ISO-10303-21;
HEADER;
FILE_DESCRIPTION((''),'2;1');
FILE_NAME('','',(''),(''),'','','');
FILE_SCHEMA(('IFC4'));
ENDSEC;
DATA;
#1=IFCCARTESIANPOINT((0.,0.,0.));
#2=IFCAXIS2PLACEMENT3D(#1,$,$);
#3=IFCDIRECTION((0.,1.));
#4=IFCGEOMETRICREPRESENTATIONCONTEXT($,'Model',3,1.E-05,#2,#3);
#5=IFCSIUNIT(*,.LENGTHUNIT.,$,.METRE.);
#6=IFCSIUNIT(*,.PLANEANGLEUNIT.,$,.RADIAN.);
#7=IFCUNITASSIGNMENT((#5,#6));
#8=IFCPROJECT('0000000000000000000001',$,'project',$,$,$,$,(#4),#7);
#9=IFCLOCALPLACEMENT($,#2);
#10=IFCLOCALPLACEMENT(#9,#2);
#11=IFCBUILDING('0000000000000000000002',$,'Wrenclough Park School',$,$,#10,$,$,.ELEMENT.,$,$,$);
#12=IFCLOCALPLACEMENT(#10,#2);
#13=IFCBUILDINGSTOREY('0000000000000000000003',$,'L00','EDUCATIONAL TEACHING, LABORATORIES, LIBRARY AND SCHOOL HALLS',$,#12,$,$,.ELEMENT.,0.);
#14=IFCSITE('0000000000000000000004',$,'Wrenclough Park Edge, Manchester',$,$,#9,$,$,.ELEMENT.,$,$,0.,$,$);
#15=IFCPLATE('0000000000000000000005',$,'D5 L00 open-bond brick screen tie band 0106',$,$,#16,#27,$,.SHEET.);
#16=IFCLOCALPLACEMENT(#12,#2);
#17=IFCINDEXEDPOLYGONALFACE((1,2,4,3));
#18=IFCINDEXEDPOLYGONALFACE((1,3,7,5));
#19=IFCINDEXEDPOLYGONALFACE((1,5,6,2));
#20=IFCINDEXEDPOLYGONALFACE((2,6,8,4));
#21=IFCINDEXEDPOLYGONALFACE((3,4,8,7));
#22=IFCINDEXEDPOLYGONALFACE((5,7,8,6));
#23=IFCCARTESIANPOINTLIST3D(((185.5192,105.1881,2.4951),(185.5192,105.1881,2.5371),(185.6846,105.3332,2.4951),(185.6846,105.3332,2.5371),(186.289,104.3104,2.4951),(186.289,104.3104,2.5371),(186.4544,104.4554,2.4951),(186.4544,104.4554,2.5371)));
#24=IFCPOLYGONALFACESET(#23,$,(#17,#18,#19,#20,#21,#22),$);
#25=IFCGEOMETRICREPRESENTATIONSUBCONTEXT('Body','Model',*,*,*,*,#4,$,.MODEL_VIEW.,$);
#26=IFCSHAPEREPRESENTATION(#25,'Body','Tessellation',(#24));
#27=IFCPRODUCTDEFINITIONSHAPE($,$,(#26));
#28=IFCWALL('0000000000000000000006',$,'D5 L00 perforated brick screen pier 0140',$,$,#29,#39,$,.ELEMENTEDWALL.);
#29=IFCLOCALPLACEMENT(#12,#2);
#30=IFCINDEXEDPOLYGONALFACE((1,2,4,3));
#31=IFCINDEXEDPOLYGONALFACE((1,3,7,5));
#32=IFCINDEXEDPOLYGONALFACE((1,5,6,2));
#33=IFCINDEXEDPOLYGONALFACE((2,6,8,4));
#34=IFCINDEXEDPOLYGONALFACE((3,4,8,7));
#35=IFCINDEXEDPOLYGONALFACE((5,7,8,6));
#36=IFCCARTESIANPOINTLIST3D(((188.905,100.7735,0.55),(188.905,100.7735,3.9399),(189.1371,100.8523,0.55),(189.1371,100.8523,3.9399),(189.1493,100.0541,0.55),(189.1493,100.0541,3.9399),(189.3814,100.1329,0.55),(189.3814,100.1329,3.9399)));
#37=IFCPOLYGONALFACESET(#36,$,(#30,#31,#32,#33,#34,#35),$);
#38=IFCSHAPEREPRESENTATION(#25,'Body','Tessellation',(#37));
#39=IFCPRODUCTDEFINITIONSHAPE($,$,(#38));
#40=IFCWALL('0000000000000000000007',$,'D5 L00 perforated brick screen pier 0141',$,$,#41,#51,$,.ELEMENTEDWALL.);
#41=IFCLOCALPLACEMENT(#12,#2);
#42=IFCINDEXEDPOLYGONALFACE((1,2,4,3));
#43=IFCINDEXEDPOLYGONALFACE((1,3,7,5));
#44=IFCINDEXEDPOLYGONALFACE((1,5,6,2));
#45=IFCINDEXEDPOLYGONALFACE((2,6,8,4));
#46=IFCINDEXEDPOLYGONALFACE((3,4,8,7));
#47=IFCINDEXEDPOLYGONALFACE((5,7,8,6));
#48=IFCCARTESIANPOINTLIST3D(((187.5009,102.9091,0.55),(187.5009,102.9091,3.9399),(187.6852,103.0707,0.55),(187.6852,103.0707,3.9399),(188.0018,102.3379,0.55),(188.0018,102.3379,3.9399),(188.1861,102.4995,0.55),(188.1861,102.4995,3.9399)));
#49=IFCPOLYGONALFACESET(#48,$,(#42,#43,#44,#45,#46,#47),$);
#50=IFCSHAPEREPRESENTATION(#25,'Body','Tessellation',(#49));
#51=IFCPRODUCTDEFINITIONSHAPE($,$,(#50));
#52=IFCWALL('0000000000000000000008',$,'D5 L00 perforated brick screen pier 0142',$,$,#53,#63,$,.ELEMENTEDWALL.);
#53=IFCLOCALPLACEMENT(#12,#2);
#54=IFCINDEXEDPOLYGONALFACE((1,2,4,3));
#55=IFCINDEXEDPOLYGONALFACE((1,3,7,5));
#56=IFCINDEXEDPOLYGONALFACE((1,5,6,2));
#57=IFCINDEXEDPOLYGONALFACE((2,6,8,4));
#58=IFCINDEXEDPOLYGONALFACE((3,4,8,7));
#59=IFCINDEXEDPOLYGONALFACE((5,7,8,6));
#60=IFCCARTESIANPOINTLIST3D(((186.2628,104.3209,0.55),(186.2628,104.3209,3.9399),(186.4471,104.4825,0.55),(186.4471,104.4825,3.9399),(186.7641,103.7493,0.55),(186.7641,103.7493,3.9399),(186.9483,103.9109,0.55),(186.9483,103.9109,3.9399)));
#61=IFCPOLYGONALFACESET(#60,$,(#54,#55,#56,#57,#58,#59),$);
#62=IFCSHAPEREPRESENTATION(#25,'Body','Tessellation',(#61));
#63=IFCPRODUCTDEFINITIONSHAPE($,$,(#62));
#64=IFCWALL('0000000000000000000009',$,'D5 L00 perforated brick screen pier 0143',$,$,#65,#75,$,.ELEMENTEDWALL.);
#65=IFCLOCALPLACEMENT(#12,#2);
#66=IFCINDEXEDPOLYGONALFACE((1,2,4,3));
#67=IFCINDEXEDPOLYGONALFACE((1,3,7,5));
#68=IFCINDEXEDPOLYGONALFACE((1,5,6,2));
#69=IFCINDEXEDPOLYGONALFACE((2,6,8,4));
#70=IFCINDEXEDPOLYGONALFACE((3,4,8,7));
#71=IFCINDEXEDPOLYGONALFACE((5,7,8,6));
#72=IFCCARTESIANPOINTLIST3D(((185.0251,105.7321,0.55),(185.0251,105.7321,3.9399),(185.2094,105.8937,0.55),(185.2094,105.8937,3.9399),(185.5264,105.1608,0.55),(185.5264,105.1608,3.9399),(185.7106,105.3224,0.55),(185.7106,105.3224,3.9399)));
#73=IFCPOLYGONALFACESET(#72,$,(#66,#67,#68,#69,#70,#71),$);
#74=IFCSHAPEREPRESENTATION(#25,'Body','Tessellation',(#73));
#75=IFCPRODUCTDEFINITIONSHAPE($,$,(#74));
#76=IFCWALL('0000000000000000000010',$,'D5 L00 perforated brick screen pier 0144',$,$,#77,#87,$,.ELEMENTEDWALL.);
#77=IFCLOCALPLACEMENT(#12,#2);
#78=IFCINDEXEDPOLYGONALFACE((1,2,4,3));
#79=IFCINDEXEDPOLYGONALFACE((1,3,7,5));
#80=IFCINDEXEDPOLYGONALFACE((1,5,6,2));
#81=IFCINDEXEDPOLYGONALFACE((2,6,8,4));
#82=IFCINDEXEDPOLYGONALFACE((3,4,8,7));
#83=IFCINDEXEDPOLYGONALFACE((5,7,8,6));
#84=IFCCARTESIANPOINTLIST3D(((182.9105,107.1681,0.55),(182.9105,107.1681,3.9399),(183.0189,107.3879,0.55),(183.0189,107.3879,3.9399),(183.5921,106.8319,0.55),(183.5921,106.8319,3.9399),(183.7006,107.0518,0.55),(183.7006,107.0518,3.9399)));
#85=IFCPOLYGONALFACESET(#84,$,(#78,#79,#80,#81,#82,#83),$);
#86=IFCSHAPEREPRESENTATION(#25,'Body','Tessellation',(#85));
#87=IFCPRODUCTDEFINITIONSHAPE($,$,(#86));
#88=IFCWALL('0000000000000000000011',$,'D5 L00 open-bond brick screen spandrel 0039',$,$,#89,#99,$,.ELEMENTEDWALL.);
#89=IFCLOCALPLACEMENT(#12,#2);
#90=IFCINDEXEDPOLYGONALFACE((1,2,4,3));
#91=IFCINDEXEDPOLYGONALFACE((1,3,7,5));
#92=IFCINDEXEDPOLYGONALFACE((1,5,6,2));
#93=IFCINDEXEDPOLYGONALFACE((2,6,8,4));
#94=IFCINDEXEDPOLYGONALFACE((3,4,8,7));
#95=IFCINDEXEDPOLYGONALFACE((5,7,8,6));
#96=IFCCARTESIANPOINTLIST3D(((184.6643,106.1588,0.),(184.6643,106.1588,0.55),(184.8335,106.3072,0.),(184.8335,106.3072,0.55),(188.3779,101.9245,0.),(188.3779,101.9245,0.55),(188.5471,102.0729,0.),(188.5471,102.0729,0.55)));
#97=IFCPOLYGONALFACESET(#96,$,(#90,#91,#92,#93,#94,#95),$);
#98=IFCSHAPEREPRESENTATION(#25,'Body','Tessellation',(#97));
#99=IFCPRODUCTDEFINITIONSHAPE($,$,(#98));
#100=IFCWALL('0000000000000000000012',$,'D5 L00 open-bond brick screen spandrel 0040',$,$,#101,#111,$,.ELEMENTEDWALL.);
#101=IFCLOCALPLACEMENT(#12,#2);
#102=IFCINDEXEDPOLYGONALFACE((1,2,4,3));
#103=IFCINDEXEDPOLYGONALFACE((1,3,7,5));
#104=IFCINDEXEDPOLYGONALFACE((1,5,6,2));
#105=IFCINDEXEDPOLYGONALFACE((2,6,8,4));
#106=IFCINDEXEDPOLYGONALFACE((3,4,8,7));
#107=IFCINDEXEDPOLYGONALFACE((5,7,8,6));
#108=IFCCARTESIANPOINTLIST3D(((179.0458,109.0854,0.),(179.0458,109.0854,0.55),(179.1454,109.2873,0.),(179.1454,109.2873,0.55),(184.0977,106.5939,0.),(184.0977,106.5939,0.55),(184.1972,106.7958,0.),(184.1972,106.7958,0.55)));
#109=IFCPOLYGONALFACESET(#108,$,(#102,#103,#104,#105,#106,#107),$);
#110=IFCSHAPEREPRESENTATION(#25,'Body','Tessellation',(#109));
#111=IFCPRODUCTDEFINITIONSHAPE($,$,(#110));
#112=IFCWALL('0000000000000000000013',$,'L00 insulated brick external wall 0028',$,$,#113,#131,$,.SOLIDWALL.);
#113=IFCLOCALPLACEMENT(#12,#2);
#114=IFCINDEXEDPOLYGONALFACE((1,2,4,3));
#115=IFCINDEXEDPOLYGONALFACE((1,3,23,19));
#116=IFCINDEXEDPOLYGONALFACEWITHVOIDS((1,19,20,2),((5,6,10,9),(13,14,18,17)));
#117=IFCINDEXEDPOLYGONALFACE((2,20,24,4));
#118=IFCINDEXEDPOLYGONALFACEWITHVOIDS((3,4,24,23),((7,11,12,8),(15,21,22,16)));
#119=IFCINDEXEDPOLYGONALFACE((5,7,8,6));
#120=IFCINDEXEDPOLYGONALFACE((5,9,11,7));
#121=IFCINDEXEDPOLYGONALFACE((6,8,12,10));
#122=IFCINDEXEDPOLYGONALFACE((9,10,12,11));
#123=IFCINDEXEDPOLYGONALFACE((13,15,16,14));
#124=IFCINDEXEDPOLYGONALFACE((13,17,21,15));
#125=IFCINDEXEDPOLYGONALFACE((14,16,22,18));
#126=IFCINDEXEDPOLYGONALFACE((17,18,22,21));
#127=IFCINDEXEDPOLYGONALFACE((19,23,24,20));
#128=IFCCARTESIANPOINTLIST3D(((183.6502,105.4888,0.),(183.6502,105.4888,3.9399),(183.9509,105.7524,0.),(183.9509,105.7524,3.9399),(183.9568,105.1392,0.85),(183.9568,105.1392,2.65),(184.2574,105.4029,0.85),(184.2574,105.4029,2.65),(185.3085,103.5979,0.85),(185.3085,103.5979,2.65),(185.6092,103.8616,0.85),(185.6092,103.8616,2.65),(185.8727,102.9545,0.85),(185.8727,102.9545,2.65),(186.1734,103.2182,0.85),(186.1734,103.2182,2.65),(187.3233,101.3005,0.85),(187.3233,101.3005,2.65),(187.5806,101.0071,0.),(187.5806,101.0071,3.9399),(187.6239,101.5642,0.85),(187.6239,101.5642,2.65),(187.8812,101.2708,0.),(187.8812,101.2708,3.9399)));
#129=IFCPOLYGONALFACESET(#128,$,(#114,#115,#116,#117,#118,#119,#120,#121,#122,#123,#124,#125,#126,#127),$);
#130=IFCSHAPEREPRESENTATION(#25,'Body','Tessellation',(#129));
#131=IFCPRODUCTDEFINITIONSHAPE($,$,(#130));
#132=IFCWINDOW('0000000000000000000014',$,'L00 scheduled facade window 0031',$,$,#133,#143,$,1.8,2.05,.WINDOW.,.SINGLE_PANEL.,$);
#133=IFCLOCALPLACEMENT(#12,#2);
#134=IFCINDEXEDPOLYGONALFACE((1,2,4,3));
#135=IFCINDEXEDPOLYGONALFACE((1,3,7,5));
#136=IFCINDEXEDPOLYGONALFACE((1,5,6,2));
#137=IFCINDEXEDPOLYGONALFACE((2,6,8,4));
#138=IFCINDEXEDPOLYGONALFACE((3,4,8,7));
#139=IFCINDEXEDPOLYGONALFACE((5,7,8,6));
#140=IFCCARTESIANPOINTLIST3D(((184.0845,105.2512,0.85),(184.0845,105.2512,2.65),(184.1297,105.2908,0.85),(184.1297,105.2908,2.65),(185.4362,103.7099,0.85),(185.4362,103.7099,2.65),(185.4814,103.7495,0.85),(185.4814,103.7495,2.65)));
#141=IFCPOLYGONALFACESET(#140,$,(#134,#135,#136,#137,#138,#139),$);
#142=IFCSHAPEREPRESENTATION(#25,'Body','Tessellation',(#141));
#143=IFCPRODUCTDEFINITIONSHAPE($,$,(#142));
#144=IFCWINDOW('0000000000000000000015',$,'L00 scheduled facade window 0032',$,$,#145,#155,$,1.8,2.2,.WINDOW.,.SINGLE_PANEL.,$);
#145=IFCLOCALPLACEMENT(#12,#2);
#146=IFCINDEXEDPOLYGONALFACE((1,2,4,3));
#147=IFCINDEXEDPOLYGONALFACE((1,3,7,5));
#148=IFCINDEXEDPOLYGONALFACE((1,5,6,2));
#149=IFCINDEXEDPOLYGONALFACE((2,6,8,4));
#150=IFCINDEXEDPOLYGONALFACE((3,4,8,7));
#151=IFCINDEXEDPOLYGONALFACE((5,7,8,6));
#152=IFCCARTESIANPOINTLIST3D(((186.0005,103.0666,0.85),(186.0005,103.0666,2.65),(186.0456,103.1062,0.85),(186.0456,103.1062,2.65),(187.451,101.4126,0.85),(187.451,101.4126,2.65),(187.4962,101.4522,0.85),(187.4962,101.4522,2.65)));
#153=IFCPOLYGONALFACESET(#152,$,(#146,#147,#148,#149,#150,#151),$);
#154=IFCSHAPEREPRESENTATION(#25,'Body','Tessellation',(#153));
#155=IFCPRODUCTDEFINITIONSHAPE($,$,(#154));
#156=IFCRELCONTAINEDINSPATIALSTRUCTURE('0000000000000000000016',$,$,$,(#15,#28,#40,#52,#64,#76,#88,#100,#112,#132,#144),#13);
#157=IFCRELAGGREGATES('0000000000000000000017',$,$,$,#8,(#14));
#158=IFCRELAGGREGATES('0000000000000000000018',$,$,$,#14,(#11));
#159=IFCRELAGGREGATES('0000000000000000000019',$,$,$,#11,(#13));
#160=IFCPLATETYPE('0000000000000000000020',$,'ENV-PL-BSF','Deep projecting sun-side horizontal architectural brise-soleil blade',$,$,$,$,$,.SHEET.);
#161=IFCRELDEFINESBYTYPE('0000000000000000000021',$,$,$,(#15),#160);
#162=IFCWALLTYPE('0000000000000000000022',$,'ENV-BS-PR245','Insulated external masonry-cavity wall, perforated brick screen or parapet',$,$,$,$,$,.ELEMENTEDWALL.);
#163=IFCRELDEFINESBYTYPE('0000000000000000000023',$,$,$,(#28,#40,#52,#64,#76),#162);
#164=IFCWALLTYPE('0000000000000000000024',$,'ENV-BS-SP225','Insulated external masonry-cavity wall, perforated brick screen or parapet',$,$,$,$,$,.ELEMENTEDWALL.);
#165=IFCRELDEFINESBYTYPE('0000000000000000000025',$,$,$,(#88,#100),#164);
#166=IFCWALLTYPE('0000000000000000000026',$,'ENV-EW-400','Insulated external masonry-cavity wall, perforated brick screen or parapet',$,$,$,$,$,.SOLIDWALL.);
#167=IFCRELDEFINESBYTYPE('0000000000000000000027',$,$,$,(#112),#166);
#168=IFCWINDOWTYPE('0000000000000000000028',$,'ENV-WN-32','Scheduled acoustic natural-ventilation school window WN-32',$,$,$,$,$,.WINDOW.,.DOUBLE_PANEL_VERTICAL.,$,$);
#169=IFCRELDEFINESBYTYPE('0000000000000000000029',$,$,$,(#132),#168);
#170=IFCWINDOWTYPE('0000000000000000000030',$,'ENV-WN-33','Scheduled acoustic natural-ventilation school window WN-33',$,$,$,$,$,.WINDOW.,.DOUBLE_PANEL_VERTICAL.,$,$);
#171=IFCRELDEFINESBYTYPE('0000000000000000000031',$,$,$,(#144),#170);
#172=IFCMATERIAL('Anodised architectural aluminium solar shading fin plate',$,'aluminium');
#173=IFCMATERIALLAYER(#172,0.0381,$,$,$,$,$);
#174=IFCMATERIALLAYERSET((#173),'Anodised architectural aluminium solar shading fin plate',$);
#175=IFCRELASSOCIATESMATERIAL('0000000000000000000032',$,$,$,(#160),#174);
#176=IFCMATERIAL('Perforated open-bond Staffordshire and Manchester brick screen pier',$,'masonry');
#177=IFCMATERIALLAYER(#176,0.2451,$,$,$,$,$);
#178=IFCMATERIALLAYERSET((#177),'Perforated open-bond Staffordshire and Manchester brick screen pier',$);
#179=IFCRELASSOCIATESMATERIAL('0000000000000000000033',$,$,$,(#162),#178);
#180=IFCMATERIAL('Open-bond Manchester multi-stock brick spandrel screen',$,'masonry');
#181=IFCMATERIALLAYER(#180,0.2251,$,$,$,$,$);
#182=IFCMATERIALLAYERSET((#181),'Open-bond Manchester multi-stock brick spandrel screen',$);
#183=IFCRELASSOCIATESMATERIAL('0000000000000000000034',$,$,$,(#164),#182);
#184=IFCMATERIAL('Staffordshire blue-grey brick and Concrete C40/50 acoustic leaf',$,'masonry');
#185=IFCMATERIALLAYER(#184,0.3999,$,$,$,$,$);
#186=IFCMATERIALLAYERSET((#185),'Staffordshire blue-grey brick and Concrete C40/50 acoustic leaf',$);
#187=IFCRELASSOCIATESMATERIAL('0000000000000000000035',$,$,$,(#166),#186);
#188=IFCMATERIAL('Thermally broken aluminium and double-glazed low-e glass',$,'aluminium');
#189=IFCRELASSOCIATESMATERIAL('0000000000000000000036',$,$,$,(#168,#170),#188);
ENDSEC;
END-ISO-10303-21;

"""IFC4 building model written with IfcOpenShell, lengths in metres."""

from ifc_helpers import new_model, si_unit, direction, frame, frame_2d, origin, origin_2d, place, context, subcontext, project, spatial, rectangle, extrude, material, layer, layer_set, type_object, element, fill, save


model = new_model("IFC4")

# Units and contexts
model_context = context("Model", 3, precision=1e-05, world=origin(), true_north=direction((0.0, 1.0)))
body_context = subcontext(model_context, "Body", "Model", "MODEL_VIEW")
ifc_project = project(units=[si_unit("LENGTHUNIT", "METRE"), si_unit("PLANEANGLEUNIT", "RADIAN")], contexts=[model_context])

# Site, building, storey
site_placement = place(None, origin())
site = spatial("IfcSite", under=ifc_project, at=site_placement, Name="Wrenclough Park Edge, Manchester", CompositionType="ELEMENT", RefElevation=0.0)
building_placement = place(site_placement, origin())
building = spatial("IfcBuilding", under=site, at=building_placement, Name="Wrenclough Park School", CompositionType="ELEMENT")
storey_placement = place(building_placement, origin())
storey = spatial("IfcBuildingStorey", under=building, at=storey_placement, Name="L00", Description="EDUCATIONAL TEACHING, LABORATORIES, LIBRARY AND SCHOOL HALLS", CompositionType="ELEMENT", Elevation=0.0)

# Plate
ifc_material_1 = material(Name="Anodised architectural aluminium solar shading fin plate", Category="aluminium")
ifc_layer_1 = layer(ifc_material_1, 0.0381)
ifc_layer_set_1 = layer_set([ifc_layer_1], Name="Anodised architectural aluminium solar shading fin plate")
plate_type_1 = type_object("IfcPlateType", Name="ENV-PL-BSF", Description="Deep projecting sun-side horizontal architectural brise-soleil blade", PredefinedType="SHEET", material=ifc_layer_set_1)
for number, where, z_axis, x_axis, name in (
    (1, (185.9868, 104.8218, 2.4951), (0.0, 0.0, 1.0), (-0.659349, 0.751837, 0.0), "D5 L00 open-bond brick screen tie band 0106"),
):
    element("IfcPlate", number, at=place(storey_placement, frame(where, z_axis=z_axis, x_axis=x_axis)), inside=storey, type_object=plate_type_1, Name=name, PredefinedType="SHEET", context=body_context, shape_type="SweptSolid", body=[
        extrude(rectangle(XDim=1.1675, YDim=0.22, at=origin_2d()), origin(), (0.0, 0.0, 1.0), 0.042),
    ])

# Walls
ifc_material_2 = material(Name="Perforated open-bond Staffordshire and Manchester brick screen pier", Category="masonry")
ifc_layer_2 = layer(ifc_material_2, 0.2451)
ifc_layer_set_2 = layer_set([ifc_layer_2], Name="Perforated open-bond Staffordshire and Manchester brick screen pier")
wall_type_1 = type_object("IfcWallType", Name="ENV-BS-PR245", Description="Insulated external masonry-cavity wall, perforated brick screen or parapet", PredefinedType="ELEMENTEDWALL", material=ifc_layer_set_2)
for number, where, z_axis, x_axis, name in (
    (2, (189.2654, 100.0935, 0.55), (0.0, 0.0, 1.0), (-0.32162, 0.946869, 0.0), "D5 L00 perforated brick screen pier 0140"),
    (3, (188.094, 102.4187, 0.55), (0.0, 0.0, 1.0), (-0.659323, 0.75186, 0.0), "D5 L00 perforated brick screen pier 0141"),
):
    element("IfcWall", number, at=place(storey_placement, frame(where, z_axis=z_axis, x_axis=x_axis)), inside=storey, type_object=wall_type_1, Name=name, PredefinedType="ELEMENTEDWALL", context=body_context, shape_type="SweptSolid", body=[
        extrude(rectangle(XDim=0.7598, YDim=0.2451, at=frame_2d((0.3799, 0.0))), origin(), (0.0, 0.0, 1.0), 3.3899),
    ])
wall_1_placement = place(storey_placement, frame((186.8562, 103.8301, 0.55), z_axis=(0.0, 0.0, 1.0), x_axis=(-0.659345, 0.75184, 0.0)))
element("IfcWall", 4, at=wall_1_placement, inside=storey, type_object=wall_type_1, Name="D5 L00 perforated brick screen pier 0142", PredefinedType="ELEMENTEDWALL", context=body_context, shape_type="SweptSolid", body=[
    extrude(rectangle(XDim=0.7603, YDim=0.2451, at=frame_2d((0.3801, 0.0))), origin(), (0.0, 0.0, 1.0), 3.3899),
])
for number, where, z_axis, x_axis, name in (
    (5, (185.6184, 105.2417, 0.55), (0.0, 0.0, 1.0), (-0.659505, 0.7517, 0.0), "D5 L00 perforated brick screen pier 0143"),
    (6, (183.6462, 106.9419, 0.55), (0.0, 0.0, 1.0), (-0.896855, 0.442324, 0.0), "D5 L00 perforated brick screen pier 0144"),
):
    element("IfcWall", number, at=place(storey_placement, frame(where, z_axis=z_axis, x_axis=x_axis)), inside=storey, type_object=wall_type_1, Name=name, PredefinedType="ELEMENTEDWALL", context=body_context, shape_type="SweptSolid", body=[
        extrude(rectangle(XDim=0.76, YDim=0.2451, at=frame_2d((0.3799, 0.0))), origin(), (0.0, 0.0, 1.0), 3.3899),
    ])
ifc_material_3 = material(Name="Open-bond Manchester multi-stock brick spandrel screen", Category="masonry")
ifc_layer_3 = layer(ifc_material_3, 0.2251)
ifc_layer_set_3 = layer_set([ifc_layer_3], Name="Open-bond Manchester multi-stock brick spandrel screen")
wall_type_2 = type_object("IfcWallType", Name="ENV-BS-SP225", Description="Insulated external masonry-cavity wall, perforated brick screen or parapet", PredefinedType="ELEMENTEDWALL", material=ifc_layer_set_3)
wall_2_placement = place(storey_placement, frame((188.4624, 101.9988, 0.0), z_axis=(0.0, 0.0, 1.0), x_axis=(-0.659363, 0.751824, 0.0)))
element("IfcWall", 7, at=wall_2_placement, inside=storey, type_object=wall_type_2, Name="D5 L00 open-bond brick screen spandrel 0039", PredefinedType="ELEMENTEDWALL", context=body_context, shape_type="SweptSolid", body=[
    extrude(rectangle(XDim=5.6321, YDim=0.2251, at=frame_2d((2.8159, 0.0))), origin(), (0.0, 0.0, 1.0), 0.55),
])
wall_3_placement = place(storey_placement, frame((184.1475, 106.6948, 0.0), z_axis=(0.0, 0.0, 1.0), x_axis=(-0.896858, 0.442318, 0.0)))
element("IfcWall", 8, at=wall_3_placement, inside=storey, type_object=wall_type_2, Name="D5 L00 open-bond brick screen spandrel 0040", PredefinedType="ELEMENTEDWALL", context=body_context, shape_type="SweptSolid", body=[
    extrude(rectangle(XDim=5.6328, YDim=0.2251, at=frame_2d((2.8164, 0.0))), origin(), (0.0, 0.0, 1.0), 0.55),
])

# Wall, openings, windows
ifc_material_4 = material(Name="Staffordshire blue-grey brick and Concrete C40/50 acoustic leaf", Category="masonry")
ifc_layer_4 = layer(ifc_material_4, 0.3999)
ifc_layer_set_4 = layer_set([ifc_layer_4], Name="Staffordshire blue-grey brick and Concrete C40/50 acoustic leaf")
wall_type_3 = type_object("IfcWallType", Name="ENV-EW-400", Description="Insulated external masonry-cavity wall, perforated brick screen or parapet", PredefinedType="SOLIDWALL", material=ifc_layer_set_4)
wall_4_placement = place(storey_placement, frame((183.8005, 105.6206, 0.0), z_axis=(0.0, 0.0, 1.0), x_axis=(0.659354, -0.751833, 0.0)))
wall_4 = element("IfcWall", 9, at=wall_4_placement, inside=storey, type_object=wall_type_3, Name="L00 insulated brick external wall 0028", PredefinedType="SOLIDWALL", context=body_context, shape_type="SweptSolid", body=[
    extrude(rectangle(XDim=5.9609, YDim=0.3999, at=frame_2d((2.9805, 0.0))), origin(), (0.0, 0.0, 1.0), 3.9399),
])
opening_1_placement = place(wall_4_placement, frame((0.4651, 0.0, 0.8501)))
opening_1 = element("IfcOpeningElement", 10, at=opening_1_placement, cuts=wall_4, PredefinedType="OPENING", context=body_context, shape_type="SweptSolid", body=[
    extrude(rectangle(XDim=2.05, YDim=1.8, at=frame_2d((1.0249, 0.8999))), frame((0.0, 0.21, 0.0), z_axis=(0.0, -1.0, 0.0), x_axis=(1.0, 0.0, 0.0)), (0.0, 0.0, 1.0), 0.4199),
])
opening_2_placement = place(wall_4_placement, frame((3.3706, 0.0, 0.8501)))
opening_2 = element("IfcOpeningElement", 11, at=opening_2_placement, cuts=wall_4, PredefinedType="OPENING", context=body_context, shape_type="SweptSolid", body=[
    extrude(rectangle(XDim=2.2, YDim=1.8, at=frame_2d((1.1001, 0.8999))), frame((0.0, 0.21, 0.0), z_axis=(0.0, -1.0, 0.0), x_axis=(1.0, 0.0, 0.0)), (0.0, 0.0, 1.0), 0.4199),
])
ifc_material_5 = material(Name="Thermally broken aluminium and double-glazed low-e glass", Category="aluminium")
window_type_1 = type_object("IfcWindowType", Name="ENV-WN-32", Description="Scheduled acoustic natural-ventilation school window WN-32", PartitioningType="DOUBLE_PANEL_VERTICAL", PredefinedType="WINDOW", material=ifc_material_5)
window_1_placement = place(opening_1_placement, origin())
window_1 = element("IfcWindow", 12, at=window_1_placement, inside=storey, type_object=window_type_1, Name="L00 scheduled facade window 0031", OverallHeight=1.8, OverallWidth=2.05, PartitioningType="SINGLE_PANEL", PredefinedType="WINDOW", context=body_context, shape_type="SweptSolid", body=[
    extrude(rectangle(XDim=2.05, YDim=1.8, at=frame_2d((1.0249, 0.8999))), frame((0.0, 0.03, 0.0), z_axis=(0.0, -1.0, 0.0), x_axis=(1.0, 0.0, 0.0)), (0.0, 0.0, 1.0), 0.0601),
])
fill(opening_1, window_1)
window_type_2 = type_object("IfcWindowType", Name="ENV-WN-33", Description="Scheduled acoustic natural-ventilation school window WN-33", PartitioningType="DOUBLE_PANEL_VERTICAL", PredefinedType="WINDOW", material=ifc_material_5)
window_2_placement = place(opening_2_placement, origin())
window_2 = element("IfcWindow", 13, at=window_2_placement, inside=storey, type_object=window_type_2, Name="L00 scheduled facade window 0032", OverallHeight=1.8, OverallWidth=2.2, PartitioningType="SINGLE_PANEL", PredefinedType="WINDOW", context=body_context, shape_type="SweptSolid", body=[
    extrude(rectangle(XDim=2.2, YDim=1.8, at=frame_2d((1.1001, 0.8999))), frame((0.0, 0.03, 0.0), z_axis=(0.0, -1.0, 0.0), x_axis=(1.0, 0.0, 0.0)), (0.0, 0.0, 1.0), 0.0601),
])
fill(opening_2, window_2)

save(model, "model.ifc")
